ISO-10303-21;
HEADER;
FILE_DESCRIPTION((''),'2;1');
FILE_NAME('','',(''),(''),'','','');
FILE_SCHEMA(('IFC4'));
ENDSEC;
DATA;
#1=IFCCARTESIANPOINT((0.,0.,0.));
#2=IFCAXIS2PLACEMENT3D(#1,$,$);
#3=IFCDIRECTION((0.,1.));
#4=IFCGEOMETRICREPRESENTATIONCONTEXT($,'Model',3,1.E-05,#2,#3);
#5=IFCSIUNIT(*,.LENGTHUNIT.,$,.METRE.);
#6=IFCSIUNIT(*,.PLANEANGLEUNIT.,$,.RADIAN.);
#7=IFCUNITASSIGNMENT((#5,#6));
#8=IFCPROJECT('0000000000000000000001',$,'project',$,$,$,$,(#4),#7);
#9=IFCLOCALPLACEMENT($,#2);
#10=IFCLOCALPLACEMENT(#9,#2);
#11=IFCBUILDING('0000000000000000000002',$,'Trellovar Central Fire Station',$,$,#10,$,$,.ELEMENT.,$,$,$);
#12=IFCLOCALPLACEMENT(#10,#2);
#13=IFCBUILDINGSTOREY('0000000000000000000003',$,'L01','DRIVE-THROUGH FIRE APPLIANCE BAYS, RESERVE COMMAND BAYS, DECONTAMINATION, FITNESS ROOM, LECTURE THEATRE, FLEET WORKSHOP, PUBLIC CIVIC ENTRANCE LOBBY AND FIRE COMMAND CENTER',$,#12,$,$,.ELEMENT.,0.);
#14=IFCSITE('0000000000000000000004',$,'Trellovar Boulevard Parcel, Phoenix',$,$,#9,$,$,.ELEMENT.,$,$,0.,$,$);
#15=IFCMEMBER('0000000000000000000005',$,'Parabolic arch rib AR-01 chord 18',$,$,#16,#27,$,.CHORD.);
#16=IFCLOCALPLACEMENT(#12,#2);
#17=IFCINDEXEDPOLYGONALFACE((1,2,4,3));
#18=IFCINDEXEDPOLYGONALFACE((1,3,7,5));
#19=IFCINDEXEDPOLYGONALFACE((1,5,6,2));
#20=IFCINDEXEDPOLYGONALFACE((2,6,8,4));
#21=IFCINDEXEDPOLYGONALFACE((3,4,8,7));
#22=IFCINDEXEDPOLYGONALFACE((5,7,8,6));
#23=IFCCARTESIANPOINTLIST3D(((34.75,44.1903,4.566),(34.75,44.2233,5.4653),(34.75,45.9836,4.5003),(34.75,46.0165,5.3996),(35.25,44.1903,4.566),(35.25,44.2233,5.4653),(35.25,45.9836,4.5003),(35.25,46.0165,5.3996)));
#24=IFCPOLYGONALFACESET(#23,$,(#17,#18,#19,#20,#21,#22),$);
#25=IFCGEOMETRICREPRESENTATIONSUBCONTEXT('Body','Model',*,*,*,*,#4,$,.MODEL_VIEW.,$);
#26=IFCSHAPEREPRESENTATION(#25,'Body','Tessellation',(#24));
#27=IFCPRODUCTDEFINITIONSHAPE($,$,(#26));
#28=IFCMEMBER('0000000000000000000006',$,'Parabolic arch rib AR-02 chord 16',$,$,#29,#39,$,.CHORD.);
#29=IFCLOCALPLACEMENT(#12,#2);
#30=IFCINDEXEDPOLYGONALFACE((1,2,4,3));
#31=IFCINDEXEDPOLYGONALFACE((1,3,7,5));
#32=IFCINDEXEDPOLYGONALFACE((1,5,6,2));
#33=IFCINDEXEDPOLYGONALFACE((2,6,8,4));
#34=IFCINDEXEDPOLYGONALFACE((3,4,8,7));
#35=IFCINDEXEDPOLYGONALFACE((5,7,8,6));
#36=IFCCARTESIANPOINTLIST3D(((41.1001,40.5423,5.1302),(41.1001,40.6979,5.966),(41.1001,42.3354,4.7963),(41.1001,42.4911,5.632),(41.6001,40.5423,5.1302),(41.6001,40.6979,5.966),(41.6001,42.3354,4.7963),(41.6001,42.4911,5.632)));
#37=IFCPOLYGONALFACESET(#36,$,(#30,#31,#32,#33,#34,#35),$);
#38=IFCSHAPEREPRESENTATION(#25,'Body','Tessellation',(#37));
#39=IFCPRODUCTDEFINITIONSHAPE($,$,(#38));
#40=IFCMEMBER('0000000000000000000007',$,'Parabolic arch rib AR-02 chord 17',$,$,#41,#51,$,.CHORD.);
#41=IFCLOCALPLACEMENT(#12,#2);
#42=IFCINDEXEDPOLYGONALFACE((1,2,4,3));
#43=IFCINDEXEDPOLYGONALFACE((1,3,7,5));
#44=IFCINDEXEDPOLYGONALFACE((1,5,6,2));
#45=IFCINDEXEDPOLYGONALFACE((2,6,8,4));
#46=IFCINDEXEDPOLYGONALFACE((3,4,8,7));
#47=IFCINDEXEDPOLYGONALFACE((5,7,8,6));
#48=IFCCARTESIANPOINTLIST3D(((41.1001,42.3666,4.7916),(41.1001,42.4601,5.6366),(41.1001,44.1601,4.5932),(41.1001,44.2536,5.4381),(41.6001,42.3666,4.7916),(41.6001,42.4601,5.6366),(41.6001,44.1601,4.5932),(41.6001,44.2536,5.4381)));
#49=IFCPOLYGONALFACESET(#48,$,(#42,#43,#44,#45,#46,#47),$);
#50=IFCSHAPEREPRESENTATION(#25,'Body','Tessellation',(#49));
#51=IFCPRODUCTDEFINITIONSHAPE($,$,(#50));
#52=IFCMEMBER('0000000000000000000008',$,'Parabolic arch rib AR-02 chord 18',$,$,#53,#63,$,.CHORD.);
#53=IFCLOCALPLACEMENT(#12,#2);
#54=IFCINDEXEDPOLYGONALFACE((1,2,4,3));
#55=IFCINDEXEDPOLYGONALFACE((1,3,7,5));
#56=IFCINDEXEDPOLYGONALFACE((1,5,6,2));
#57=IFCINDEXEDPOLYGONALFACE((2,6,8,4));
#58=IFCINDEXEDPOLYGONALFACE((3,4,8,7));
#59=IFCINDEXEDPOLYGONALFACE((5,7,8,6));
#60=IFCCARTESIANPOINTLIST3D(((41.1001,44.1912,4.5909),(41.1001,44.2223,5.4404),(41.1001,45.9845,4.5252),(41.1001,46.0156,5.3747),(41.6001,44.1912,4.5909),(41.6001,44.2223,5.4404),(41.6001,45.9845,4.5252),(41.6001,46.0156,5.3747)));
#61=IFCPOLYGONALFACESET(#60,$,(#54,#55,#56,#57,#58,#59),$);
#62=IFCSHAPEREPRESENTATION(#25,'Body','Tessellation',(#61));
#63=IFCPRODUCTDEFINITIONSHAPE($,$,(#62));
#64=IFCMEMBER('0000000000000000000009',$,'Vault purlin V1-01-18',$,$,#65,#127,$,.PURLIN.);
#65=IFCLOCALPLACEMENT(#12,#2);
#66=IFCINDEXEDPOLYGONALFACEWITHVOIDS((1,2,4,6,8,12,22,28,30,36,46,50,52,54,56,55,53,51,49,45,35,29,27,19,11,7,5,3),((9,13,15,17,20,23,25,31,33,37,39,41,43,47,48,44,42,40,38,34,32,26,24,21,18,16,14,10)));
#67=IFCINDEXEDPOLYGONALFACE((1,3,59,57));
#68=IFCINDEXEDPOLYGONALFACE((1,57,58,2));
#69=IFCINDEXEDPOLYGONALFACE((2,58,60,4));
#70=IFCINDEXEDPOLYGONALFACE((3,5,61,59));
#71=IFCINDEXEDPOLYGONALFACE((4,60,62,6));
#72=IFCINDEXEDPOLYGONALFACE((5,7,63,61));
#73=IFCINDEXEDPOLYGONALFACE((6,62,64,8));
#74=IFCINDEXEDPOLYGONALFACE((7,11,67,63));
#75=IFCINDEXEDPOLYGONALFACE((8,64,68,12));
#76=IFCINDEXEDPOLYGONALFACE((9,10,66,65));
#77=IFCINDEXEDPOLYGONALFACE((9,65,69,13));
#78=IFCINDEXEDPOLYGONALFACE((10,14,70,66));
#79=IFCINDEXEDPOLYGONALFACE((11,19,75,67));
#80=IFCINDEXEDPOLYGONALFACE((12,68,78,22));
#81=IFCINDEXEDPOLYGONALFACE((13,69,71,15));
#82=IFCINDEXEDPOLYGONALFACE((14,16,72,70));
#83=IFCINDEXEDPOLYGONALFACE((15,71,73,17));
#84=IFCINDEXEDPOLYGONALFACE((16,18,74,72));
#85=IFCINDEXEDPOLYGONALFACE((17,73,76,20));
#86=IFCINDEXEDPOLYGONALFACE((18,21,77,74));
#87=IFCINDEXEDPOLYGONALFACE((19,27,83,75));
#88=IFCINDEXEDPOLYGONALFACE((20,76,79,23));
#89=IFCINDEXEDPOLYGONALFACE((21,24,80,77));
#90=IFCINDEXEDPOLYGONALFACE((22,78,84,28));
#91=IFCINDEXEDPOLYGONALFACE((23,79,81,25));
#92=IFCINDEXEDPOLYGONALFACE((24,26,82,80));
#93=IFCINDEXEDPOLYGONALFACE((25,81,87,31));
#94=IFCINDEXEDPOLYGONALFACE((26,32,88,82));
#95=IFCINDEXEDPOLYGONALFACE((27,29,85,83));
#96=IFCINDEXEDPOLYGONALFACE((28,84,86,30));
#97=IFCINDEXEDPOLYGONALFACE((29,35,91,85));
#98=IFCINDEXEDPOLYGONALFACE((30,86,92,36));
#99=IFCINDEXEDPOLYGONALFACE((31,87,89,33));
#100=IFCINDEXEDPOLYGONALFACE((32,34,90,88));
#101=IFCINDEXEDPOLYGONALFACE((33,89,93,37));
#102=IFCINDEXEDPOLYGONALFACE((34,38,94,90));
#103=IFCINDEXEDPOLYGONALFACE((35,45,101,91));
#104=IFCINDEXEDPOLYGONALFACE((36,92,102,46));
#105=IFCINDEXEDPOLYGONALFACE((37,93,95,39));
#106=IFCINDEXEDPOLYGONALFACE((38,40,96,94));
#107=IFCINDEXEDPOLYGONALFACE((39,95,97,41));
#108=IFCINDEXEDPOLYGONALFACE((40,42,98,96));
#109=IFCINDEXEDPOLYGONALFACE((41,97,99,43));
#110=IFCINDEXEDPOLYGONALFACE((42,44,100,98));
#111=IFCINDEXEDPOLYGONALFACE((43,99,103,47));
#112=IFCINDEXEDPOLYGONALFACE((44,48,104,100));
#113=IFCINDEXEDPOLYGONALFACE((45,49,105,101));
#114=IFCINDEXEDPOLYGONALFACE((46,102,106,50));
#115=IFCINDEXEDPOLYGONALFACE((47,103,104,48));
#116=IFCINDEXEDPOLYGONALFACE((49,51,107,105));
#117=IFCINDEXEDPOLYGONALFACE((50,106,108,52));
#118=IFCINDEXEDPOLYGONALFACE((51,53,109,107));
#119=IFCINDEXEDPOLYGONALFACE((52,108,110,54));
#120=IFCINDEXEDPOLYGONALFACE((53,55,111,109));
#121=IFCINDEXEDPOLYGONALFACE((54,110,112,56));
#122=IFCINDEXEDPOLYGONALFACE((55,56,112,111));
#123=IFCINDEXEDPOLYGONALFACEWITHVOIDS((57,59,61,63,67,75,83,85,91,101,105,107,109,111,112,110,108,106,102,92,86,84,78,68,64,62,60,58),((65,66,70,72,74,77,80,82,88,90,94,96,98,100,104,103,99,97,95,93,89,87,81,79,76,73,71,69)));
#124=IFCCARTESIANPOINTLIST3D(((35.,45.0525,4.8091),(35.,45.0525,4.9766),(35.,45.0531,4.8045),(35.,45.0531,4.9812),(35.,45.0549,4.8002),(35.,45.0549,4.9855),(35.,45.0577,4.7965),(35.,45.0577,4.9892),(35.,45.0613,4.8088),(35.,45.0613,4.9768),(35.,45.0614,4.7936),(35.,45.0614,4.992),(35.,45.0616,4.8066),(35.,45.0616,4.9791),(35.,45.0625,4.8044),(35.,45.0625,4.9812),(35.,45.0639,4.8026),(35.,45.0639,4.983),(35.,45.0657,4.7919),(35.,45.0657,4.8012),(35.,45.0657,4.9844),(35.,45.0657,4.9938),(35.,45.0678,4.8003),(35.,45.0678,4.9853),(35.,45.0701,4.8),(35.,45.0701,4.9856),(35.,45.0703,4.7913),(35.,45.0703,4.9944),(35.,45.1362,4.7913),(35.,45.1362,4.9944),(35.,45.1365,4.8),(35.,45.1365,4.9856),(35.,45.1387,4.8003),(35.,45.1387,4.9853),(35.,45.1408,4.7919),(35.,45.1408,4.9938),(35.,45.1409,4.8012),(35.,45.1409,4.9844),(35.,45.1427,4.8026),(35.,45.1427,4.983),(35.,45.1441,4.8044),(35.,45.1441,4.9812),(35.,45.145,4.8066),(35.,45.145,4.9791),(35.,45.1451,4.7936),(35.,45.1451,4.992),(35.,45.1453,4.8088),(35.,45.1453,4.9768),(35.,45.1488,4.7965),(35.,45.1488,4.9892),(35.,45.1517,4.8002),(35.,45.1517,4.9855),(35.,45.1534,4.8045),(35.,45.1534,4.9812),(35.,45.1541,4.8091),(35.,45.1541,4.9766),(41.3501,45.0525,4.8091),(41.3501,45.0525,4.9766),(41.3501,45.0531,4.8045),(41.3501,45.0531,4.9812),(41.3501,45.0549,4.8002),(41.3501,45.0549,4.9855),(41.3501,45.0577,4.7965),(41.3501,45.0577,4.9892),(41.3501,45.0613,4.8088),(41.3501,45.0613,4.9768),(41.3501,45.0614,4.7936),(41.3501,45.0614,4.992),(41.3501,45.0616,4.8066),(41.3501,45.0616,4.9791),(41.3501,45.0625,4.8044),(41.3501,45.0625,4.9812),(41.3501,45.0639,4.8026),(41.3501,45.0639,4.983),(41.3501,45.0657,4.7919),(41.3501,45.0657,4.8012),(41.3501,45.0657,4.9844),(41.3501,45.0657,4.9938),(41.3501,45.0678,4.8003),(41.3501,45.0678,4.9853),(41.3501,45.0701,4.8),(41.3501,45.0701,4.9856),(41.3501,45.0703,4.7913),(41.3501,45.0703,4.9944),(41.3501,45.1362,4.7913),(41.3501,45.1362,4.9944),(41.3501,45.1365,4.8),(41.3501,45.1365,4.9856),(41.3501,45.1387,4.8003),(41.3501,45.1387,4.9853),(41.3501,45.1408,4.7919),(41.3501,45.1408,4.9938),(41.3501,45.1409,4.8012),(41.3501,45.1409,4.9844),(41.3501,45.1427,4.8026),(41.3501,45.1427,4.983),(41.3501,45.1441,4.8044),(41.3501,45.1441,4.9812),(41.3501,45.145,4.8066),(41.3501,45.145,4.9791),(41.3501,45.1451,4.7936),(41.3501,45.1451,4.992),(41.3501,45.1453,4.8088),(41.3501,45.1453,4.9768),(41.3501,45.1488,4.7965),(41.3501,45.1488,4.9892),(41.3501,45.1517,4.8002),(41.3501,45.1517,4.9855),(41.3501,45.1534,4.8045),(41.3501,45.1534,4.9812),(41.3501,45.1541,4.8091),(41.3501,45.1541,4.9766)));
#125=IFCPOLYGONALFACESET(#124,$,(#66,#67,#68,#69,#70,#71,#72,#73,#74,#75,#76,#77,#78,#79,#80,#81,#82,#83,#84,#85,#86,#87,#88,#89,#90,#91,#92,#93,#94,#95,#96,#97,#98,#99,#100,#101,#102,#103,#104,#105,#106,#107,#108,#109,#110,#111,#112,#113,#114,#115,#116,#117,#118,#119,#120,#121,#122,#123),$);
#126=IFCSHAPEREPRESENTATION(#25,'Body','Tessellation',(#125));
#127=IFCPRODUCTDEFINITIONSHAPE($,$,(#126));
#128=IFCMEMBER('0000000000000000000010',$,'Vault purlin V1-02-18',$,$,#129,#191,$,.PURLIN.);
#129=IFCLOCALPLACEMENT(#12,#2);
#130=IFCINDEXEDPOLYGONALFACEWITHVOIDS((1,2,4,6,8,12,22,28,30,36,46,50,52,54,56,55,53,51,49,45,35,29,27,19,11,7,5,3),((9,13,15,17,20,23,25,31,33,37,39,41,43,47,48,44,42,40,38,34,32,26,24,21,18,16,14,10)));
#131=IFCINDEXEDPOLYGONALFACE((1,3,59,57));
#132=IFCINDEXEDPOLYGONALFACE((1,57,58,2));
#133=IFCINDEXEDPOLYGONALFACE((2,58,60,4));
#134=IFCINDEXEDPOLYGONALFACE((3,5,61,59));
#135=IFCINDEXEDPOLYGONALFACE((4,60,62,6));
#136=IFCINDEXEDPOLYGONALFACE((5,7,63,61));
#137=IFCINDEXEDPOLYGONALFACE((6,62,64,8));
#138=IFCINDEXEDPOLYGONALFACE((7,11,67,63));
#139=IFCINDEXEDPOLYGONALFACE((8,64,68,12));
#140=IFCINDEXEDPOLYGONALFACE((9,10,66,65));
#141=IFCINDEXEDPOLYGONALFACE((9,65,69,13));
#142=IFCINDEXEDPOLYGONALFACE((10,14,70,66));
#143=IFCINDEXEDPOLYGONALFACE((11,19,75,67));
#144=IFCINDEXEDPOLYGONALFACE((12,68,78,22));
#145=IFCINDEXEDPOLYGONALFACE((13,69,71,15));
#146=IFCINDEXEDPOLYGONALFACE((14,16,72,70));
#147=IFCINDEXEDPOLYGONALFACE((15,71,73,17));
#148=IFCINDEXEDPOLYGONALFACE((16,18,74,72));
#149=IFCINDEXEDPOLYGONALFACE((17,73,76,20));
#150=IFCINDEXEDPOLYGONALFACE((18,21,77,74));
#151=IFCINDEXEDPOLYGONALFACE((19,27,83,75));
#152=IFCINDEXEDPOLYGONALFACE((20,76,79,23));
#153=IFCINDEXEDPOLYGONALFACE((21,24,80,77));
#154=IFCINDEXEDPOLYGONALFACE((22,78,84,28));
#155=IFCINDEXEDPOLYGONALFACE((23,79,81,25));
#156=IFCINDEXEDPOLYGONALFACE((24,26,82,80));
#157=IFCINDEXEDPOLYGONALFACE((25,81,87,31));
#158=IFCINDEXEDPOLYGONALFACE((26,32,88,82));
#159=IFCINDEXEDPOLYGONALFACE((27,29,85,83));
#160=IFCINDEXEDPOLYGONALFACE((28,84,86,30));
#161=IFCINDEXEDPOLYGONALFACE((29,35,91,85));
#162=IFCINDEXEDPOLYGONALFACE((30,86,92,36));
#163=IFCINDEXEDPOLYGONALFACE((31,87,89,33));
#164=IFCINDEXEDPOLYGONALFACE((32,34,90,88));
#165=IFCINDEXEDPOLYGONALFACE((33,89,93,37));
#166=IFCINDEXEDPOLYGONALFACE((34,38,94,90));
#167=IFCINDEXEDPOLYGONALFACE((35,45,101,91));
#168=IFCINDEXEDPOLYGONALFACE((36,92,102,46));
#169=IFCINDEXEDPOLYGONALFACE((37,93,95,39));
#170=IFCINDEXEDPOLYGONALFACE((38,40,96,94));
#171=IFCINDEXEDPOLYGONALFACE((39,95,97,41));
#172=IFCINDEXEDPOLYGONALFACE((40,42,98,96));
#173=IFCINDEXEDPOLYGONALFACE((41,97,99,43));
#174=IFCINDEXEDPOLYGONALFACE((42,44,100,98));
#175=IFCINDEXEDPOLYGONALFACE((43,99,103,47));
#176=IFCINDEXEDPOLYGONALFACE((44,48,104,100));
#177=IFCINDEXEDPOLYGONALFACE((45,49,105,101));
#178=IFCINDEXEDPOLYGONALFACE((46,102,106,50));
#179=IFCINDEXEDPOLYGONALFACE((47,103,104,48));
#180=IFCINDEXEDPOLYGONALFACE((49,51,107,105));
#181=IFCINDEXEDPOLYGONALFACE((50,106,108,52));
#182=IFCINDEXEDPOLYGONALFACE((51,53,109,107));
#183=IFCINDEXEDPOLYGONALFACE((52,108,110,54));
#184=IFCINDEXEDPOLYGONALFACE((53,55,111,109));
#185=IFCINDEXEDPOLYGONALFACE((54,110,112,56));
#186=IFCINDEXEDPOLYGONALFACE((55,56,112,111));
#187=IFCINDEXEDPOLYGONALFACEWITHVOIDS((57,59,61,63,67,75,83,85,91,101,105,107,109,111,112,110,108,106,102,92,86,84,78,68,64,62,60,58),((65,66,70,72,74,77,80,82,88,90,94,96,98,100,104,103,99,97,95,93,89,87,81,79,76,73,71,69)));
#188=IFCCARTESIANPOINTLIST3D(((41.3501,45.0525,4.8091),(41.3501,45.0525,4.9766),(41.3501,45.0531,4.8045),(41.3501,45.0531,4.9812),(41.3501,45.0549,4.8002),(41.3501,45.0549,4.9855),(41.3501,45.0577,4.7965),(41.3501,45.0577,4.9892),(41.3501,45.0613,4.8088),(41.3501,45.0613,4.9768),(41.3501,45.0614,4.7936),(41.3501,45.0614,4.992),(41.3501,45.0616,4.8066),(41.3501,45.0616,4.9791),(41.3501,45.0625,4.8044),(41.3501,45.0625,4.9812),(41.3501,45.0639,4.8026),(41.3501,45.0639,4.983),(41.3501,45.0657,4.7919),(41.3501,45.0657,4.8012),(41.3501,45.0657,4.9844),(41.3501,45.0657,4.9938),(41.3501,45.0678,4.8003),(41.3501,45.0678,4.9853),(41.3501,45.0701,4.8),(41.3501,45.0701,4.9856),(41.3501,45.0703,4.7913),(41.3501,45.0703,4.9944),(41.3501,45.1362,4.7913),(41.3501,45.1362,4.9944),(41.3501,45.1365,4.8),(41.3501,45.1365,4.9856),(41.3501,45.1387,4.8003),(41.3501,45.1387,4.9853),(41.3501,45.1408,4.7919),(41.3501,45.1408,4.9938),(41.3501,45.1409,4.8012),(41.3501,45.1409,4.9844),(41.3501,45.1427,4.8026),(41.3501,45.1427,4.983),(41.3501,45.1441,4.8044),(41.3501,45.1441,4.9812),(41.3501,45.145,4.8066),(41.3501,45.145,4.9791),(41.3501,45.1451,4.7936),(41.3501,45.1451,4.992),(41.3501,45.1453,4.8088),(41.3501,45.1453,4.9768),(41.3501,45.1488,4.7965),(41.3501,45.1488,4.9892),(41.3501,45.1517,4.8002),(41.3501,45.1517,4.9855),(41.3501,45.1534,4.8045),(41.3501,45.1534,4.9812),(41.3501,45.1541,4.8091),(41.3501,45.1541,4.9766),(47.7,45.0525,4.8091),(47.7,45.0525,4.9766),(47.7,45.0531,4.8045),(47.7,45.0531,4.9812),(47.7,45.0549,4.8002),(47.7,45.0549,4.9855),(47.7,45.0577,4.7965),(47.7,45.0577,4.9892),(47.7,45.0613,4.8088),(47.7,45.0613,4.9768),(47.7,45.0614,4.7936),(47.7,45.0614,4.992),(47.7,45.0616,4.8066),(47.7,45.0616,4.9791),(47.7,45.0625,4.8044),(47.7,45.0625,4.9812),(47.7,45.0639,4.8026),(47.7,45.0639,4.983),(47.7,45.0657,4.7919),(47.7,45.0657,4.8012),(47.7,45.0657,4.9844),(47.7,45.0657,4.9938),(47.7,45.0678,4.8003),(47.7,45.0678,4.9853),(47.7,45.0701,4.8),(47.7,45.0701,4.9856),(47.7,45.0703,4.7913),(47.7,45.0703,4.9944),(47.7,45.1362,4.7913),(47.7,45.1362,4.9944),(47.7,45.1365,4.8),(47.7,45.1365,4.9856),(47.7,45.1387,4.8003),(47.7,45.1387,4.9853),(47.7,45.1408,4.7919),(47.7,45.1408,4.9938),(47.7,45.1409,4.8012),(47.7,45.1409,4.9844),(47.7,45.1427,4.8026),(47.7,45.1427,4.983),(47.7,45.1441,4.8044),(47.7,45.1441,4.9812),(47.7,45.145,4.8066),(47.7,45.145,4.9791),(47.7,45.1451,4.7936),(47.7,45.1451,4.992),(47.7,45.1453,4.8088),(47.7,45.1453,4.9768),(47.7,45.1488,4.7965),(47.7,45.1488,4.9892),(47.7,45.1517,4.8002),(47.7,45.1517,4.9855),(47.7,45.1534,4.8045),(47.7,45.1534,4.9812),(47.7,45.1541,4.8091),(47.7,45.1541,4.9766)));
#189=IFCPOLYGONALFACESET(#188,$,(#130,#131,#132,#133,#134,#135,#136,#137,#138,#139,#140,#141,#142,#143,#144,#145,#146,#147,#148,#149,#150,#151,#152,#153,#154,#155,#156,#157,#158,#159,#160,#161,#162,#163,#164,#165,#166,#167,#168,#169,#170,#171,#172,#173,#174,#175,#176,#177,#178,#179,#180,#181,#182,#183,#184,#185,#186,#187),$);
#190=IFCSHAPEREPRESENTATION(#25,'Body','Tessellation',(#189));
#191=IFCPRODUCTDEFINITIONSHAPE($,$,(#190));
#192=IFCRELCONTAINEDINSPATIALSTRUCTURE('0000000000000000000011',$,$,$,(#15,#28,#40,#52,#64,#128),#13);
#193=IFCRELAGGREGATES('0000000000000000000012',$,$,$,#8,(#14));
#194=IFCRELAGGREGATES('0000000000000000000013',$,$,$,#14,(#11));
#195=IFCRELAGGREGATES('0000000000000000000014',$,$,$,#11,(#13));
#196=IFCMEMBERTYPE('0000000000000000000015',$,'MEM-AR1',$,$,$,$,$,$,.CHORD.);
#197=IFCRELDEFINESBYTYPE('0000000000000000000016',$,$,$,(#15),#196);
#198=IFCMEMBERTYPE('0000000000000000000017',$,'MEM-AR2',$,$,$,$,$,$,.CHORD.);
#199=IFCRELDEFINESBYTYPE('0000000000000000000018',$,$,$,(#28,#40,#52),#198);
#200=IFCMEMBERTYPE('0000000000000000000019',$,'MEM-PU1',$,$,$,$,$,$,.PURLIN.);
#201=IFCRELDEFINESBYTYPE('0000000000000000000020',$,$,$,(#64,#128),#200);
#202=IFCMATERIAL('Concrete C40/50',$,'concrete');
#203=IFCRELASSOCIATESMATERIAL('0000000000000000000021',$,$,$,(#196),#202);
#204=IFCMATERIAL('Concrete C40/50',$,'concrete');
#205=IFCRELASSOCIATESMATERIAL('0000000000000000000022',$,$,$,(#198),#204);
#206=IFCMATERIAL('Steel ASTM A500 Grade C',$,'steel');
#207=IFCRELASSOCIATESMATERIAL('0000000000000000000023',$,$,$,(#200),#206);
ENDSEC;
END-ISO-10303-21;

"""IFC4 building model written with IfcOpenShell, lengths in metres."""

from ifc_helpers import new_model, si_unit, direction, frame, origin, origin_2d, place, context, subcontext, project, spatial, rectangle, hollow_rectangle, extrude, material, material_profile, profile_set, type_object, element, save


model = new_model("IFC4")

# Units and contexts
model_context = context("Model", 3, precision=1e-05, world=origin(), true_north=direction((0.0, 1.0)))
body_context = subcontext(model_context, "Body", "Model", "MODEL_VIEW")
ifc_project = project(units=[si_unit("LENGTHUNIT", "METRE"), si_unit("PLANEANGLEUNIT", "RADIAN")], contexts=[model_context])

# Site, building, storey
site_placement = place(None, origin())
site = spatial("IfcSite", under=ifc_project, at=site_placement, Name="Trellovar Boulevard Parcel, Phoenix", CompositionType="ELEMENT", RefElevation=0.0)
building_placement = place(site_placement, origin())
building = spatial("IfcBuilding", under=site, at=building_placement, Name="Trellovar Central Fire Station", CompositionType="ELEMENT")
storey_placement = place(building_placement, origin())
storey = spatial("IfcBuildingStorey", under=building, at=storey_placement, Name="L01", Description="DRIVE-THROUGH FIRE APPLIANCE BAYS, RESERVE COMMAND BAYS, DECONTAMINATION, FITNESS ROOM, LECTURE THEATRE, FLEET WORKSHOP, PUBLIC CIVIC ENTRANCE LOBBY AND FIRE COMMAND CENTER", CompositionType="ELEMENT", Elevation=0.0)

# Members
ifc_material_1 = material(Name="Concrete C40/50", Category="concrete")
ifc_material_profile_1 = material_profile(ifc_material_1, rectangle(XDim=0.5, YDim=0.8999, at=origin_2d()), Name="RC500X900")
ifc_profile_set_1 = profile_set([ifc_material_profile_1], Name="Concrete C40/50")
member_type_1 = type_object("IfcMemberType", Name="MEM-AR1", PredefinedType="CHORD", material=ifc_profile_set_1)
member_1_placement = place(storey_placement, frame((35.0, 44.2068, 5.0156), z_axis=(0.0, 0.99933, -0.036599), x_axis=(-1.0, 0.0, 0.0)))
element("IfcMember", 1, at=member_1_placement, inside=storey, type_object=member_type_1, Name="Parabolic arch rib AR-01 chord 18", PredefinedType="CHORD", context=body_context, shape_type="SweptSolid", body=[
    extrude(rectangle(XDim=0.5, YDim=0.8999, at=origin_2d()), origin(), (0.0, 0.0, 1.0), 1.7944),
])
ifc_material_2 = material(Name="Concrete C40/50", Category="concrete")
ifc_material_profile_2 = material_profile(ifc_material_2, rectangle(XDim=0.5, YDim=0.8501, at=origin_2d()), Name="RC500X850")
ifc_profile_set_2 = profile_set([ifc_material_profile_2], Name="Concrete C40/50")
member_type_2 = type_object("IfcMemberType", Name="MEM-AR2", PredefinedType="CHORD", material=ifc_profile_set_2)
member_2_placement = place(storey_placement, frame((41.3501, 40.6201, 5.5481), z_axis=(0.0, 0.983094, -0.1831), x_axis=(-1.0, 0.0, 0.0)))
element("IfcMember", 2, at=member_2_placement, inside=storey, type_object=member_type_2, Name="Parabolic arch rib AR-02 chord 16", PredefinedType="CHORD", context=body_context, shape_type="SweptSolid", body=[
    extrude(rectangle(XDim=0.5, YDim=0.8501, at=origin_2d()), origin(), (0.0, 0.0, 1.0), 1.824),
])
member_3_placement = place(storey_placement, frame((41.3501, 42.4133, 5.2141), z_axis=(0.0, 0.993931, -0.110001), x_axis=(-1.0, 0.0, 0.0)))
element("IfcMember", 3, at=member_3_placement, inside=storey, type_object=member_type_2, Name="Parabolic arch rib AR-02 chord 17", PredefinedType="CHORD", context=body_context, shape_type="SweptSolid", body=[
    extrude(rectangle(XDim=0.5, YDim=0.8501, at=origin_2d()), origin(), (0.0, 0.0, 1.0), 1.8044),
])
member_4_placement = place(storey_placement, frame((41.3501, 44.2068, 5.0156), z_axis=(0.0, 0.99933, -0.036599), x_axis=(-1.0, 0.0, 0.0)))
element("IfcMember", 4, at=member_4_placement, inside=storey, type_object=member_type_2, Name="Parabolic arch rib AR-02 chord 18", PredefinedType="CHORD", context=body_context, shape_type="SweptSolid", body=[
    extrude(rectangle(XDim=0.5, YDim=0.8501, at=origin_2d()), origin(), (0.0, 0.0, 1.0), 1.7944),
])
ifc_material_3 = material(Name="Steel ASTM A500 Grade C", Category="steel")
ifc_material_profile_3 = material_profile(ifc_material_3, hollow_rectangle(XDim=0.1016, YDim=0.2031, WallThickness=0.0088, InnerFilletRadius=0.0088, OuterFilletRadius=0.0178, at=origin_2d()), Name="HSS8X4X3/8")
ifc_profile_set_3 = profile_set([ifc_material_profile_3], Name="Steel ASTM A500 Grade C")
member_type_3 = type_object("IfcMemberType", Name="MEM-PU1", PredefinedType="PURLIN", material=ifc_profile_set_3)
member_5_placement = place(storey_placement, frame((35.0, 45.1033, 4.8928), z_axis=(1.0, 0.0, 0.0), x_axis=(0.0, 1.0, 0.0)))
element("IfcMember", 5, at=member_5_placement, inside=storey, type_object=member_type_3, Name="Vault purlin V1-01-18", PredefinedType="PURLIN", context=body_context, shape_type="SweptSolid", body=[
    extrude(hollow_rectangle(XDim=0.1016, YDim=0.2031, WallThickness=0.0088, InnerFilletRadius=0.0088, OuterFilletRadius=0.0178, at=origin_2d()), origin(), (0.0, 0.0, 1.0), 6.3501),
])
member_6_placement = place(storey_placement, frame((41.3501, 45.1033, 4.8928), z_axis=(1.0, 0.0, 0.0), x_axis=(0.0, 1.0, 0.0)))
element("IfcMember", 6, at=member_6_placement, inside=storey, type_object=member_type_3, Name="Vault purlin V1-02-18", PredefinedType="PURLIN", context=body_context, shape_type="SweptSolid", body=[
    extrude(hollow_rectangle(XDim=0.1016, YDim=0.2031, WallThickness=0.0088, InnerFilletRadius=0.0088, OuterFilletRadius=0.0178, at=origin_2d()), origin(), (0.0, 0.0, 1.0), 6.3499),
])

save(model, "model.ifc")
